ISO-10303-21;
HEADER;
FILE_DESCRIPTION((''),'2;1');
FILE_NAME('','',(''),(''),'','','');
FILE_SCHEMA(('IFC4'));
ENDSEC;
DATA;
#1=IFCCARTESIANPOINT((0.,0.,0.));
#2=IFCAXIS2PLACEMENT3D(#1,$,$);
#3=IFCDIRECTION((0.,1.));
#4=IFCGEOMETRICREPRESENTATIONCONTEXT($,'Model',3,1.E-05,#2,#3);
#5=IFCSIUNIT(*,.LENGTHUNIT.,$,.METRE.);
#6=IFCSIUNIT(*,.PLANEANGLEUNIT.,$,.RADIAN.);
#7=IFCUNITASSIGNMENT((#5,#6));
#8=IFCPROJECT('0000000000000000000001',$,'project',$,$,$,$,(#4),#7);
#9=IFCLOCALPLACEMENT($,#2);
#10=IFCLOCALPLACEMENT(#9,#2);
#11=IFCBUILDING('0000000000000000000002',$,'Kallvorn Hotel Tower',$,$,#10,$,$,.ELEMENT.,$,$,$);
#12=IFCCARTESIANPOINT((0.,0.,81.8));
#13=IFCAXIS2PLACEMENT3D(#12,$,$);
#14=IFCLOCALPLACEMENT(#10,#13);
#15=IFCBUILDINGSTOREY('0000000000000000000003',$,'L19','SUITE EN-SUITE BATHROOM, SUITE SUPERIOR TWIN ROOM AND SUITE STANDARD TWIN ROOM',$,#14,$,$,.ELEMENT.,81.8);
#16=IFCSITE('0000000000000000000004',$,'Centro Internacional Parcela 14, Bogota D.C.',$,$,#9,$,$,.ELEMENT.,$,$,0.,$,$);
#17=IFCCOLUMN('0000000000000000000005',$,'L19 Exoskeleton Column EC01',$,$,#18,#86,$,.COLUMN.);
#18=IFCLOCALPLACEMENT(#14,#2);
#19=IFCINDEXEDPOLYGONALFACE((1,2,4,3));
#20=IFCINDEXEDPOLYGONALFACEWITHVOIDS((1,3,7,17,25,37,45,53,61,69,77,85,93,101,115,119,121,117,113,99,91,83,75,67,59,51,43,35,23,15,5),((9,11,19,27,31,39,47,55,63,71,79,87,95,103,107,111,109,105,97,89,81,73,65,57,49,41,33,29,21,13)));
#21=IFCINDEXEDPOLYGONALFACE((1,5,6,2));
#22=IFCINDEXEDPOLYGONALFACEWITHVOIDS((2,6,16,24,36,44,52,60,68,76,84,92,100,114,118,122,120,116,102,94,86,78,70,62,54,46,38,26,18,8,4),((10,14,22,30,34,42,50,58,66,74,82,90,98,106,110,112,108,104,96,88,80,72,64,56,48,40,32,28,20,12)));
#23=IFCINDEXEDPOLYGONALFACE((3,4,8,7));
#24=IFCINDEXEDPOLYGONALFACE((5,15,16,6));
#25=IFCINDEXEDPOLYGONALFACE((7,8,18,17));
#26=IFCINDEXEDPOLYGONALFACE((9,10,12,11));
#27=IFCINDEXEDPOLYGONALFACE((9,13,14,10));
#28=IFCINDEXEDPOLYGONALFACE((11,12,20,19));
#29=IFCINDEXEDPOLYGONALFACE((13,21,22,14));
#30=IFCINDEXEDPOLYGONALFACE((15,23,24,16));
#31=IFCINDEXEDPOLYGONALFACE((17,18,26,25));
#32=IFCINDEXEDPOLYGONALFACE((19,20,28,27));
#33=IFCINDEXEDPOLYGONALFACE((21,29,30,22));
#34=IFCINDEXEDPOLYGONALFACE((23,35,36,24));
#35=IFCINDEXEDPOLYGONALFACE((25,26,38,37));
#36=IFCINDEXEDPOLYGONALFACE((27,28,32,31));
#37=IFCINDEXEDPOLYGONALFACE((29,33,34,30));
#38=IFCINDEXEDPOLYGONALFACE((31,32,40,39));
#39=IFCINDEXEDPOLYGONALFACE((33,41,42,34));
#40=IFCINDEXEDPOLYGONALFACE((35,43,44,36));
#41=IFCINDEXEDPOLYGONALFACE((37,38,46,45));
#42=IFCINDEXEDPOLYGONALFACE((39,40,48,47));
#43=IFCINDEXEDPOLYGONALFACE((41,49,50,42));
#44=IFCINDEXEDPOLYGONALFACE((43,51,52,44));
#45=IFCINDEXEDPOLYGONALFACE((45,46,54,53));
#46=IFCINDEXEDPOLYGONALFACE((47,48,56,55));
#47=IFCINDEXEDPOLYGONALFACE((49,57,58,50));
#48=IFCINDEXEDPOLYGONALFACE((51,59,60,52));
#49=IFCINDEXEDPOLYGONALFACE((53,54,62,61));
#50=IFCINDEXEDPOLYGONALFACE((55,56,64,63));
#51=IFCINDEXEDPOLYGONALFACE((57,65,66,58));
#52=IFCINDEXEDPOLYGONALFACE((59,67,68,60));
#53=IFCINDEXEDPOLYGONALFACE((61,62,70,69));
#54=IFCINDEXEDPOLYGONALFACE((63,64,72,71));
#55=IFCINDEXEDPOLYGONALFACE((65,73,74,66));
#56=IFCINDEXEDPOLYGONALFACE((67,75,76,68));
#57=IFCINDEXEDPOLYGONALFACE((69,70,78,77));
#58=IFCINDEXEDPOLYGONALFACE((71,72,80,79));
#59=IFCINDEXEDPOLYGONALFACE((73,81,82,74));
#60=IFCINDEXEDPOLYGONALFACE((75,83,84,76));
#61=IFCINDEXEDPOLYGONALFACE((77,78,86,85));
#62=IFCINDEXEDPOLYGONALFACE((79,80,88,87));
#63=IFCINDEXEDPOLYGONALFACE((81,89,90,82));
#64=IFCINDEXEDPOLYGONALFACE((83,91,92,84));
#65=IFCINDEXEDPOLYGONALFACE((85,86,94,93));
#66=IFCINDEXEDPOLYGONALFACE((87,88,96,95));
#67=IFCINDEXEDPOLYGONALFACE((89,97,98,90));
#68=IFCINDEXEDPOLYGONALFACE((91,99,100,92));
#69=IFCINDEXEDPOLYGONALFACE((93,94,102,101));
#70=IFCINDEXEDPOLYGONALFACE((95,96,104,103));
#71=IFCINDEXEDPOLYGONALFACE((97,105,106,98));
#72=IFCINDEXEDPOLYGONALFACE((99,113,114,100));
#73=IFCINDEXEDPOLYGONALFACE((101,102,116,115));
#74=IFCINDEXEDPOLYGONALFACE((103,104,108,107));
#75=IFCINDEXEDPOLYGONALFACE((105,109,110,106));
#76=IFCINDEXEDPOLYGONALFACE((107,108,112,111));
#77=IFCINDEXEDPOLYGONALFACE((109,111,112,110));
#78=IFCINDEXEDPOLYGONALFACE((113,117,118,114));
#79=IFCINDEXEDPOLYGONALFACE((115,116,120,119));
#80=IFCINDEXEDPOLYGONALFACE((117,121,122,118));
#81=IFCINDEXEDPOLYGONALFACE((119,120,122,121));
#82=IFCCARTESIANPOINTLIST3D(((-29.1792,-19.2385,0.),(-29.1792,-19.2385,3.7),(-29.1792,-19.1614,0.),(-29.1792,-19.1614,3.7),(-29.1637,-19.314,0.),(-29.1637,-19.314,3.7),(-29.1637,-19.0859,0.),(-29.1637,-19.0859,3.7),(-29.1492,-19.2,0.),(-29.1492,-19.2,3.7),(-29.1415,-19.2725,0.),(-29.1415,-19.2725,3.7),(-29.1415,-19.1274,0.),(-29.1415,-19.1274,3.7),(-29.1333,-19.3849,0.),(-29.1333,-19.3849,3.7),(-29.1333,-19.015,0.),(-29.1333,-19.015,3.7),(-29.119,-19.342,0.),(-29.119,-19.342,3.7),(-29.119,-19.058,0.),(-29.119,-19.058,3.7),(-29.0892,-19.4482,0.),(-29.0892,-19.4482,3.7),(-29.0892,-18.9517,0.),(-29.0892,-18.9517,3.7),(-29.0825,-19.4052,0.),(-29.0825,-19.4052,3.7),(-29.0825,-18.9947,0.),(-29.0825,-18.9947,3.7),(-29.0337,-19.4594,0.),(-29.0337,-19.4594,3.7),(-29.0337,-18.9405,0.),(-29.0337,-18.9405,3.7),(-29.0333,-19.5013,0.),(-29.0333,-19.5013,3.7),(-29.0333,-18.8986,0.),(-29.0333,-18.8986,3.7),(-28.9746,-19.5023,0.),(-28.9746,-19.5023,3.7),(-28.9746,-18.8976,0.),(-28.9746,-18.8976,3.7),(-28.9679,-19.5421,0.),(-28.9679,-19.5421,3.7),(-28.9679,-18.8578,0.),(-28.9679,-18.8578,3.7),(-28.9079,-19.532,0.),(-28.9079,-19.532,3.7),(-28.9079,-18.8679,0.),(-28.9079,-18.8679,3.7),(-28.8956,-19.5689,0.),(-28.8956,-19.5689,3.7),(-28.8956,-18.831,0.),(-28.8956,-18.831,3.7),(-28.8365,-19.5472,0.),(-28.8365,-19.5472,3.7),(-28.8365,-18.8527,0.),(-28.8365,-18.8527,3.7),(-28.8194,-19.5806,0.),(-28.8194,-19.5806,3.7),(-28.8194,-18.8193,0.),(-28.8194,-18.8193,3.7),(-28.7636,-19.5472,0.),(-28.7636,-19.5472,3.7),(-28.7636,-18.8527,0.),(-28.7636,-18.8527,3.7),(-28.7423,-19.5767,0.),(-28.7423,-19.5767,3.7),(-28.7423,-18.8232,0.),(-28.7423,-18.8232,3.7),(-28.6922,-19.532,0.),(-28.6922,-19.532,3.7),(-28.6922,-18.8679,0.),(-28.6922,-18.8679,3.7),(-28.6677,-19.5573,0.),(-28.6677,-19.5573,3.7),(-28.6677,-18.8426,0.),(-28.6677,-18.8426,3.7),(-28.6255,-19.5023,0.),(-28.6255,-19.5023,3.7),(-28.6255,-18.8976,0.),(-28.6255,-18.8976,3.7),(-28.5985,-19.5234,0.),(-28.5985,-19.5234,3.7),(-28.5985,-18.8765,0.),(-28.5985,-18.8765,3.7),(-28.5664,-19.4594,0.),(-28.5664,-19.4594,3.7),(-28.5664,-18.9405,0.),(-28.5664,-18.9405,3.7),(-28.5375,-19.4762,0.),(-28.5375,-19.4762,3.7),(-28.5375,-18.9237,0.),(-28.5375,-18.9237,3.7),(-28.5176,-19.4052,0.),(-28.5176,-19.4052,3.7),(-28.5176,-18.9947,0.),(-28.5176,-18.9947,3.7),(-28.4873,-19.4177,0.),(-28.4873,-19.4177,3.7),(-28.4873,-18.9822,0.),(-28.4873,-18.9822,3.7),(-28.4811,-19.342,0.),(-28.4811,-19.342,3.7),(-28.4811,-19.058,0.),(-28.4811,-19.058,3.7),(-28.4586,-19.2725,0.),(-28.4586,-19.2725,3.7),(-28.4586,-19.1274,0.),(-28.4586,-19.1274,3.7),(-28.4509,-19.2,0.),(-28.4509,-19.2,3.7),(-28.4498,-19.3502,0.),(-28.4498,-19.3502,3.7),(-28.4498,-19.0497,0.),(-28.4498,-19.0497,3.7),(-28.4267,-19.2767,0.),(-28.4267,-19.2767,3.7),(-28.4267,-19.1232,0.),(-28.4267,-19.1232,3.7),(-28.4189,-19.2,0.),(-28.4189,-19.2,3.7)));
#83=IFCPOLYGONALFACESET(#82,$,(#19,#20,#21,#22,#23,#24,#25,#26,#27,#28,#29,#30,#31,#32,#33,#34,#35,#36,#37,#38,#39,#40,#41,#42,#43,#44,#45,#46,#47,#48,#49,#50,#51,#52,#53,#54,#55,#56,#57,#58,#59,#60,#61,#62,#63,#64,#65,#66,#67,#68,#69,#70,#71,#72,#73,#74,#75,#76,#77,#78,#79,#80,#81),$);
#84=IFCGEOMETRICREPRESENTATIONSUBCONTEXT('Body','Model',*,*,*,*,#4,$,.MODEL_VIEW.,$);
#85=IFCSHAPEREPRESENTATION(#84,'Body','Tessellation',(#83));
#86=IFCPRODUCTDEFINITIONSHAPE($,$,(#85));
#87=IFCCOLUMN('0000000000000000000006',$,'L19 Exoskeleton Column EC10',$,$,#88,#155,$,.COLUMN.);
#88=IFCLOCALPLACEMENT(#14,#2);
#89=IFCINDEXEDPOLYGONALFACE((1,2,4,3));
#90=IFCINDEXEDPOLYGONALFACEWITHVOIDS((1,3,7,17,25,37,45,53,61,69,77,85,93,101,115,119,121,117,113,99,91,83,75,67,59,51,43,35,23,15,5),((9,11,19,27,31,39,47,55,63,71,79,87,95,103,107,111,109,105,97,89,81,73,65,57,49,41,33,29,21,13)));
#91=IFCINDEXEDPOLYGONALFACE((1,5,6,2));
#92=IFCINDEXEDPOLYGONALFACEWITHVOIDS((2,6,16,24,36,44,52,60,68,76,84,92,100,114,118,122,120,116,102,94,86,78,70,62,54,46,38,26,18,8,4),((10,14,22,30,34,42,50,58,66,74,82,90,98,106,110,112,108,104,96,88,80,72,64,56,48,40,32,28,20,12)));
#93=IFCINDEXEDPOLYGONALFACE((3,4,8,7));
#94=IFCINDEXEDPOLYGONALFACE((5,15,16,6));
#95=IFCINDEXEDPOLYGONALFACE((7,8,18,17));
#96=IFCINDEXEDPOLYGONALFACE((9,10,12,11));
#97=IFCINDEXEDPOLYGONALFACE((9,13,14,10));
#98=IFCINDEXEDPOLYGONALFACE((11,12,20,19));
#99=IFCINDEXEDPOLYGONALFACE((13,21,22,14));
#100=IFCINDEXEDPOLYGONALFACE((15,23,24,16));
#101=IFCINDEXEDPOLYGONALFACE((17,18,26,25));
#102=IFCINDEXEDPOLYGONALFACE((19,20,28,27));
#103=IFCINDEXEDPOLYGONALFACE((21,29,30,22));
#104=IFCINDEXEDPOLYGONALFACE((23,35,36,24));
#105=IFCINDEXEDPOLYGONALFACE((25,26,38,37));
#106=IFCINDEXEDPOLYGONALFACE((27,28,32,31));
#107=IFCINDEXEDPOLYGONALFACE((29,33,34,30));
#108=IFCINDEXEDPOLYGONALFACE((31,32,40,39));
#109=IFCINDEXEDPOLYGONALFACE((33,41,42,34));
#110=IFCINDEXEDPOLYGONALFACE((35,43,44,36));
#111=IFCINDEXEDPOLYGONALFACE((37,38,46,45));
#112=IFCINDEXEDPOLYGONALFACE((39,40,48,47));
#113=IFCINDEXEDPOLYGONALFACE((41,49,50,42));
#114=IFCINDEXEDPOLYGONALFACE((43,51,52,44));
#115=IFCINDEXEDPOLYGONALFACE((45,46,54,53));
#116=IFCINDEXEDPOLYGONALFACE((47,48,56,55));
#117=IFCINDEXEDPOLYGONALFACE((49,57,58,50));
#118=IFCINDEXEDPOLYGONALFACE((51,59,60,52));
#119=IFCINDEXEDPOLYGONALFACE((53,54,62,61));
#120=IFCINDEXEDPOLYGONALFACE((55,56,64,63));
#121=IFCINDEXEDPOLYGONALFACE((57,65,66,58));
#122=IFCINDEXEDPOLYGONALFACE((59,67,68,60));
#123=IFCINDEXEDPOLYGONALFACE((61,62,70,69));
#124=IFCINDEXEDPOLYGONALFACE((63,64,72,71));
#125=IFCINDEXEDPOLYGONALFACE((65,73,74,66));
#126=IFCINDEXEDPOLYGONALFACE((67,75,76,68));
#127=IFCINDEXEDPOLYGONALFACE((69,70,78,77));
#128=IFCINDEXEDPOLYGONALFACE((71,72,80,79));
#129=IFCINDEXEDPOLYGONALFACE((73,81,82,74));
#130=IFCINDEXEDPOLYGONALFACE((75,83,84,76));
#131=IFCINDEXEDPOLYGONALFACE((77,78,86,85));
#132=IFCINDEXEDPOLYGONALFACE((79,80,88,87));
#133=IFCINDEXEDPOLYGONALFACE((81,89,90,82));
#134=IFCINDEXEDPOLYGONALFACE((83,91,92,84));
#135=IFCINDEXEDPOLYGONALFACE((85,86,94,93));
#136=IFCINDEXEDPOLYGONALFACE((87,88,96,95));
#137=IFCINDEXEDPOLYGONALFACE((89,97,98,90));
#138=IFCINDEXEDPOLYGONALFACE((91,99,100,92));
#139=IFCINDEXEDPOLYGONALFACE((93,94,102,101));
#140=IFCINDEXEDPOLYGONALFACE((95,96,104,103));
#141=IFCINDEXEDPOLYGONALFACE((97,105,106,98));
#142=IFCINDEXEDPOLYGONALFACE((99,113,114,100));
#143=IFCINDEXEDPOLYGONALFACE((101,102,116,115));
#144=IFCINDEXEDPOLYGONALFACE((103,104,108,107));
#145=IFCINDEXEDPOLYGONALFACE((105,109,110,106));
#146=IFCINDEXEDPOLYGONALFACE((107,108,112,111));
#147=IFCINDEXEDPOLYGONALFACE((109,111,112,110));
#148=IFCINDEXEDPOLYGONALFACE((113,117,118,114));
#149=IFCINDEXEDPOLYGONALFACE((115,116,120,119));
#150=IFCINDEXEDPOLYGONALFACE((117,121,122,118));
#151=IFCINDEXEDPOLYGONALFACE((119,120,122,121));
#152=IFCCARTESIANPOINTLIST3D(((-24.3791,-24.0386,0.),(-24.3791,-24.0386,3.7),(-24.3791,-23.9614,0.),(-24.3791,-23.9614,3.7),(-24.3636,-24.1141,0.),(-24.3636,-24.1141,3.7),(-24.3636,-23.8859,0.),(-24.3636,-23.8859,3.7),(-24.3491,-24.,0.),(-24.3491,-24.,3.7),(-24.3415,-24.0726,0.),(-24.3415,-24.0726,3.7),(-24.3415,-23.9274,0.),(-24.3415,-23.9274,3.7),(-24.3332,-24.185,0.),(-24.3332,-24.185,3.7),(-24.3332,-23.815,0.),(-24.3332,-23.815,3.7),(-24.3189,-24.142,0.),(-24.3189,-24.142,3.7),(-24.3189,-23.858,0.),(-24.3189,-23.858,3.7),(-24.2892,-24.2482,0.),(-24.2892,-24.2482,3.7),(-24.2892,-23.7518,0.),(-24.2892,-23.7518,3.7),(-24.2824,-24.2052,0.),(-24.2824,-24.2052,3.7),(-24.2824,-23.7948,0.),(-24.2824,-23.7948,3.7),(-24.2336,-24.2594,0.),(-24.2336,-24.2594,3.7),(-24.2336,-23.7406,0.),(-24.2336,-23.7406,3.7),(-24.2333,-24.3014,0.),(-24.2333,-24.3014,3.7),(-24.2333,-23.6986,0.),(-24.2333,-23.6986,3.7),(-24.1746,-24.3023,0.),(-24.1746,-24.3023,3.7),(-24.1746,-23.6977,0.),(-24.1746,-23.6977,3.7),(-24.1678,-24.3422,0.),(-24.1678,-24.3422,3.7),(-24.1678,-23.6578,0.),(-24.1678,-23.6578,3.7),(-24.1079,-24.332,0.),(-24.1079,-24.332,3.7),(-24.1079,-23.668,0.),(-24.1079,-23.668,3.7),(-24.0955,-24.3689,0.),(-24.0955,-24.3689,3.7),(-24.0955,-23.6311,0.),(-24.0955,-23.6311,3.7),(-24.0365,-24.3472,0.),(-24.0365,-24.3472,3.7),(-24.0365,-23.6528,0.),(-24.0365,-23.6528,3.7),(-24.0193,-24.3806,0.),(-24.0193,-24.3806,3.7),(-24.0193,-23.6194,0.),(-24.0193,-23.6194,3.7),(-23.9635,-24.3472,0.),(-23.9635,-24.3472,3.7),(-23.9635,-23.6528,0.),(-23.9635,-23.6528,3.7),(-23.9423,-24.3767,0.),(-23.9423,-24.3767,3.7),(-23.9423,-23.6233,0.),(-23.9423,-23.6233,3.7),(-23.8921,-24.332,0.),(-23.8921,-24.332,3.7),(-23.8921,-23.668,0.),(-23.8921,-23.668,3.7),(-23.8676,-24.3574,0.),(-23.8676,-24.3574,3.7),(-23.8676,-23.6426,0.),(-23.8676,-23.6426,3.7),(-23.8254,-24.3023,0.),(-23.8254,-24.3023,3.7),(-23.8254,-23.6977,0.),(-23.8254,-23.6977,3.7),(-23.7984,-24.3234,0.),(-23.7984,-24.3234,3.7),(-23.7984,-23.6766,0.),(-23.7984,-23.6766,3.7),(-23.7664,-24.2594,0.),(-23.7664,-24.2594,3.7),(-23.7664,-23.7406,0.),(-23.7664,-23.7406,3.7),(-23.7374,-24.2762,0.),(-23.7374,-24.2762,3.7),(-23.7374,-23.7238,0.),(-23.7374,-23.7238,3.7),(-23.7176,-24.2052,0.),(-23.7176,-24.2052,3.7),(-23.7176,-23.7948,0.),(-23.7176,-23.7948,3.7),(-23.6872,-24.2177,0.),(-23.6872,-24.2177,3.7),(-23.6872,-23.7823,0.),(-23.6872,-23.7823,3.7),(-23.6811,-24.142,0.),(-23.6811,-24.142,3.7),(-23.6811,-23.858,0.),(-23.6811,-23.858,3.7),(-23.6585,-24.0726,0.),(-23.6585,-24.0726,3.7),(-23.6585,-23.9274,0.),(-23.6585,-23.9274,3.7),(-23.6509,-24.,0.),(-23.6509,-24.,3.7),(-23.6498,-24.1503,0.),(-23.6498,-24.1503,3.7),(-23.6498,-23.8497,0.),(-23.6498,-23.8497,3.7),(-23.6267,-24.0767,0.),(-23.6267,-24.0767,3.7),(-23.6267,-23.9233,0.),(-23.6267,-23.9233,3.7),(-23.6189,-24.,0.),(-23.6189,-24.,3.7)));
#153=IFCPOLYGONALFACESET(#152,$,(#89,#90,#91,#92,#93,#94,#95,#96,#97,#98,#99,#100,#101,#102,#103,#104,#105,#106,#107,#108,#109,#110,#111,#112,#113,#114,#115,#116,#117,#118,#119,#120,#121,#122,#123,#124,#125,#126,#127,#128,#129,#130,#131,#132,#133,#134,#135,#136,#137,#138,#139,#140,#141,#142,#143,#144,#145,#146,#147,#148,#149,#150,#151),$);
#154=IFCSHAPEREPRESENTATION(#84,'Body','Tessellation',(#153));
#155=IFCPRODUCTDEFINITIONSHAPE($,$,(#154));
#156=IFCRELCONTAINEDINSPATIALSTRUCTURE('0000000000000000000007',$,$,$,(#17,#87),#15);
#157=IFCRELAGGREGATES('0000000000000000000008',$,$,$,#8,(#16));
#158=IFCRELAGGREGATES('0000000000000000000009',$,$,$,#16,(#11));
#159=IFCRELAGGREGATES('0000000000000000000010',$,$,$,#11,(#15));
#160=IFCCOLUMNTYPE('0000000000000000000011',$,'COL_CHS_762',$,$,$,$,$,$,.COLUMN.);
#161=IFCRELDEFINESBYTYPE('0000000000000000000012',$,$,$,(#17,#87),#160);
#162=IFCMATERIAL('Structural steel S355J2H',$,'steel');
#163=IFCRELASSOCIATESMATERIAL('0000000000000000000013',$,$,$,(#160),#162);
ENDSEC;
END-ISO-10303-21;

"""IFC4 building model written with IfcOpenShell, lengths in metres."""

from ifc_helpers import new_model, si_unit, direction, frame, origin, origin_2d, place, context, subcontext, project, spatial, hollow_circle, extrude, material, material_profile, profile_set, type_object, element, save


model = new_model("IFC4")

# Units and contexts
model_context = context("Model", 3, precision=1e-05, world=origin(), true_north=direction((0.0, 1.0)))
body_context = subcontext(model_context, "Body", "Model", "MODEL_VIEW")
ifc_project = project(units=[si_unit("LENGTHUNIT", "METRE"), si_unit("PLANEANGLEUNIT", "RADIAN")], contexts=[model_context])

# Site, building, storey
site_placement = place(None, origin())
site = spatial("IfcSite", under=ifc_project, at=site_placement, Name="Centro Internacional Parcela 14, Bogota D.C.", CompositionType="ELEMENT", RefElevation=0.0)
building_placement = place(site_placement, origin())
building = spatial("IfcBuilding", under=site, at=building_placement, Name="Kallvorn Hotel Tower", CompositionType="ELEMENT")
storey_placement = place(building_placement, frame((0.0, 0.0, 81.8)))
storey = spatial("IfcBuildingStorey", under=building, at=storey_placement, Name="L19", Description="SUITE EN-SUITE BATHROOM, SUITE SUPERIOR TWIN ROOM AND SUITE STANDARD TWIN ROOM", CompositionType="ELEMENT", Elevation=81.8)

# Columns
ifc_material_1 = material(Name="Structural steel S355J2H", Category="steel")
ifc_material_profile_1 = material_profile(ifc_material_1, hollow_circle(Radius=0.3811, WallThickness=0.032, at=origin_2d()), Name="CHS 762x32")
ifc_profile_set_1 = profile_set([ifc_material_profile_1], Name="Structural steel S355J2H")
column_type = type_object("IfcColumnType", Name="COL_CHS_762", PredefinedType="COLUMN", material=ifc_profile_set_1)
for number, where, z_axis, x_axis, name in (
    (1, (-28.8, -19.2, 0.0), (0.0, 0.0, 1.0), (1.0, 0.0, 0.0), "L19 Exoskeleton Column EC01"),
    (2, (-24.0, -24.0, 0.0), (0.0, 0.0, 1.0), (1.0, 0.0, 0.0), "L19 Exoskeleton Column EC10"),
):
    element("IfcColumn", number, at=place(storey_placement, frame(where, z_axis=z_axis, x_axis=x_axis)), inside=storey, type_object=column_type, Name=name, PredefinedType="COLUMN", context=body_context, shape_type="SweptSolid", body=[
        extrude(hollow_circle(Radius=0.3811, WallThickness=0.032, at=origin_2d()), origin(), (0.0, 0.0, 1.0), 3.7),
    ])

save(model, "model.ifc")
